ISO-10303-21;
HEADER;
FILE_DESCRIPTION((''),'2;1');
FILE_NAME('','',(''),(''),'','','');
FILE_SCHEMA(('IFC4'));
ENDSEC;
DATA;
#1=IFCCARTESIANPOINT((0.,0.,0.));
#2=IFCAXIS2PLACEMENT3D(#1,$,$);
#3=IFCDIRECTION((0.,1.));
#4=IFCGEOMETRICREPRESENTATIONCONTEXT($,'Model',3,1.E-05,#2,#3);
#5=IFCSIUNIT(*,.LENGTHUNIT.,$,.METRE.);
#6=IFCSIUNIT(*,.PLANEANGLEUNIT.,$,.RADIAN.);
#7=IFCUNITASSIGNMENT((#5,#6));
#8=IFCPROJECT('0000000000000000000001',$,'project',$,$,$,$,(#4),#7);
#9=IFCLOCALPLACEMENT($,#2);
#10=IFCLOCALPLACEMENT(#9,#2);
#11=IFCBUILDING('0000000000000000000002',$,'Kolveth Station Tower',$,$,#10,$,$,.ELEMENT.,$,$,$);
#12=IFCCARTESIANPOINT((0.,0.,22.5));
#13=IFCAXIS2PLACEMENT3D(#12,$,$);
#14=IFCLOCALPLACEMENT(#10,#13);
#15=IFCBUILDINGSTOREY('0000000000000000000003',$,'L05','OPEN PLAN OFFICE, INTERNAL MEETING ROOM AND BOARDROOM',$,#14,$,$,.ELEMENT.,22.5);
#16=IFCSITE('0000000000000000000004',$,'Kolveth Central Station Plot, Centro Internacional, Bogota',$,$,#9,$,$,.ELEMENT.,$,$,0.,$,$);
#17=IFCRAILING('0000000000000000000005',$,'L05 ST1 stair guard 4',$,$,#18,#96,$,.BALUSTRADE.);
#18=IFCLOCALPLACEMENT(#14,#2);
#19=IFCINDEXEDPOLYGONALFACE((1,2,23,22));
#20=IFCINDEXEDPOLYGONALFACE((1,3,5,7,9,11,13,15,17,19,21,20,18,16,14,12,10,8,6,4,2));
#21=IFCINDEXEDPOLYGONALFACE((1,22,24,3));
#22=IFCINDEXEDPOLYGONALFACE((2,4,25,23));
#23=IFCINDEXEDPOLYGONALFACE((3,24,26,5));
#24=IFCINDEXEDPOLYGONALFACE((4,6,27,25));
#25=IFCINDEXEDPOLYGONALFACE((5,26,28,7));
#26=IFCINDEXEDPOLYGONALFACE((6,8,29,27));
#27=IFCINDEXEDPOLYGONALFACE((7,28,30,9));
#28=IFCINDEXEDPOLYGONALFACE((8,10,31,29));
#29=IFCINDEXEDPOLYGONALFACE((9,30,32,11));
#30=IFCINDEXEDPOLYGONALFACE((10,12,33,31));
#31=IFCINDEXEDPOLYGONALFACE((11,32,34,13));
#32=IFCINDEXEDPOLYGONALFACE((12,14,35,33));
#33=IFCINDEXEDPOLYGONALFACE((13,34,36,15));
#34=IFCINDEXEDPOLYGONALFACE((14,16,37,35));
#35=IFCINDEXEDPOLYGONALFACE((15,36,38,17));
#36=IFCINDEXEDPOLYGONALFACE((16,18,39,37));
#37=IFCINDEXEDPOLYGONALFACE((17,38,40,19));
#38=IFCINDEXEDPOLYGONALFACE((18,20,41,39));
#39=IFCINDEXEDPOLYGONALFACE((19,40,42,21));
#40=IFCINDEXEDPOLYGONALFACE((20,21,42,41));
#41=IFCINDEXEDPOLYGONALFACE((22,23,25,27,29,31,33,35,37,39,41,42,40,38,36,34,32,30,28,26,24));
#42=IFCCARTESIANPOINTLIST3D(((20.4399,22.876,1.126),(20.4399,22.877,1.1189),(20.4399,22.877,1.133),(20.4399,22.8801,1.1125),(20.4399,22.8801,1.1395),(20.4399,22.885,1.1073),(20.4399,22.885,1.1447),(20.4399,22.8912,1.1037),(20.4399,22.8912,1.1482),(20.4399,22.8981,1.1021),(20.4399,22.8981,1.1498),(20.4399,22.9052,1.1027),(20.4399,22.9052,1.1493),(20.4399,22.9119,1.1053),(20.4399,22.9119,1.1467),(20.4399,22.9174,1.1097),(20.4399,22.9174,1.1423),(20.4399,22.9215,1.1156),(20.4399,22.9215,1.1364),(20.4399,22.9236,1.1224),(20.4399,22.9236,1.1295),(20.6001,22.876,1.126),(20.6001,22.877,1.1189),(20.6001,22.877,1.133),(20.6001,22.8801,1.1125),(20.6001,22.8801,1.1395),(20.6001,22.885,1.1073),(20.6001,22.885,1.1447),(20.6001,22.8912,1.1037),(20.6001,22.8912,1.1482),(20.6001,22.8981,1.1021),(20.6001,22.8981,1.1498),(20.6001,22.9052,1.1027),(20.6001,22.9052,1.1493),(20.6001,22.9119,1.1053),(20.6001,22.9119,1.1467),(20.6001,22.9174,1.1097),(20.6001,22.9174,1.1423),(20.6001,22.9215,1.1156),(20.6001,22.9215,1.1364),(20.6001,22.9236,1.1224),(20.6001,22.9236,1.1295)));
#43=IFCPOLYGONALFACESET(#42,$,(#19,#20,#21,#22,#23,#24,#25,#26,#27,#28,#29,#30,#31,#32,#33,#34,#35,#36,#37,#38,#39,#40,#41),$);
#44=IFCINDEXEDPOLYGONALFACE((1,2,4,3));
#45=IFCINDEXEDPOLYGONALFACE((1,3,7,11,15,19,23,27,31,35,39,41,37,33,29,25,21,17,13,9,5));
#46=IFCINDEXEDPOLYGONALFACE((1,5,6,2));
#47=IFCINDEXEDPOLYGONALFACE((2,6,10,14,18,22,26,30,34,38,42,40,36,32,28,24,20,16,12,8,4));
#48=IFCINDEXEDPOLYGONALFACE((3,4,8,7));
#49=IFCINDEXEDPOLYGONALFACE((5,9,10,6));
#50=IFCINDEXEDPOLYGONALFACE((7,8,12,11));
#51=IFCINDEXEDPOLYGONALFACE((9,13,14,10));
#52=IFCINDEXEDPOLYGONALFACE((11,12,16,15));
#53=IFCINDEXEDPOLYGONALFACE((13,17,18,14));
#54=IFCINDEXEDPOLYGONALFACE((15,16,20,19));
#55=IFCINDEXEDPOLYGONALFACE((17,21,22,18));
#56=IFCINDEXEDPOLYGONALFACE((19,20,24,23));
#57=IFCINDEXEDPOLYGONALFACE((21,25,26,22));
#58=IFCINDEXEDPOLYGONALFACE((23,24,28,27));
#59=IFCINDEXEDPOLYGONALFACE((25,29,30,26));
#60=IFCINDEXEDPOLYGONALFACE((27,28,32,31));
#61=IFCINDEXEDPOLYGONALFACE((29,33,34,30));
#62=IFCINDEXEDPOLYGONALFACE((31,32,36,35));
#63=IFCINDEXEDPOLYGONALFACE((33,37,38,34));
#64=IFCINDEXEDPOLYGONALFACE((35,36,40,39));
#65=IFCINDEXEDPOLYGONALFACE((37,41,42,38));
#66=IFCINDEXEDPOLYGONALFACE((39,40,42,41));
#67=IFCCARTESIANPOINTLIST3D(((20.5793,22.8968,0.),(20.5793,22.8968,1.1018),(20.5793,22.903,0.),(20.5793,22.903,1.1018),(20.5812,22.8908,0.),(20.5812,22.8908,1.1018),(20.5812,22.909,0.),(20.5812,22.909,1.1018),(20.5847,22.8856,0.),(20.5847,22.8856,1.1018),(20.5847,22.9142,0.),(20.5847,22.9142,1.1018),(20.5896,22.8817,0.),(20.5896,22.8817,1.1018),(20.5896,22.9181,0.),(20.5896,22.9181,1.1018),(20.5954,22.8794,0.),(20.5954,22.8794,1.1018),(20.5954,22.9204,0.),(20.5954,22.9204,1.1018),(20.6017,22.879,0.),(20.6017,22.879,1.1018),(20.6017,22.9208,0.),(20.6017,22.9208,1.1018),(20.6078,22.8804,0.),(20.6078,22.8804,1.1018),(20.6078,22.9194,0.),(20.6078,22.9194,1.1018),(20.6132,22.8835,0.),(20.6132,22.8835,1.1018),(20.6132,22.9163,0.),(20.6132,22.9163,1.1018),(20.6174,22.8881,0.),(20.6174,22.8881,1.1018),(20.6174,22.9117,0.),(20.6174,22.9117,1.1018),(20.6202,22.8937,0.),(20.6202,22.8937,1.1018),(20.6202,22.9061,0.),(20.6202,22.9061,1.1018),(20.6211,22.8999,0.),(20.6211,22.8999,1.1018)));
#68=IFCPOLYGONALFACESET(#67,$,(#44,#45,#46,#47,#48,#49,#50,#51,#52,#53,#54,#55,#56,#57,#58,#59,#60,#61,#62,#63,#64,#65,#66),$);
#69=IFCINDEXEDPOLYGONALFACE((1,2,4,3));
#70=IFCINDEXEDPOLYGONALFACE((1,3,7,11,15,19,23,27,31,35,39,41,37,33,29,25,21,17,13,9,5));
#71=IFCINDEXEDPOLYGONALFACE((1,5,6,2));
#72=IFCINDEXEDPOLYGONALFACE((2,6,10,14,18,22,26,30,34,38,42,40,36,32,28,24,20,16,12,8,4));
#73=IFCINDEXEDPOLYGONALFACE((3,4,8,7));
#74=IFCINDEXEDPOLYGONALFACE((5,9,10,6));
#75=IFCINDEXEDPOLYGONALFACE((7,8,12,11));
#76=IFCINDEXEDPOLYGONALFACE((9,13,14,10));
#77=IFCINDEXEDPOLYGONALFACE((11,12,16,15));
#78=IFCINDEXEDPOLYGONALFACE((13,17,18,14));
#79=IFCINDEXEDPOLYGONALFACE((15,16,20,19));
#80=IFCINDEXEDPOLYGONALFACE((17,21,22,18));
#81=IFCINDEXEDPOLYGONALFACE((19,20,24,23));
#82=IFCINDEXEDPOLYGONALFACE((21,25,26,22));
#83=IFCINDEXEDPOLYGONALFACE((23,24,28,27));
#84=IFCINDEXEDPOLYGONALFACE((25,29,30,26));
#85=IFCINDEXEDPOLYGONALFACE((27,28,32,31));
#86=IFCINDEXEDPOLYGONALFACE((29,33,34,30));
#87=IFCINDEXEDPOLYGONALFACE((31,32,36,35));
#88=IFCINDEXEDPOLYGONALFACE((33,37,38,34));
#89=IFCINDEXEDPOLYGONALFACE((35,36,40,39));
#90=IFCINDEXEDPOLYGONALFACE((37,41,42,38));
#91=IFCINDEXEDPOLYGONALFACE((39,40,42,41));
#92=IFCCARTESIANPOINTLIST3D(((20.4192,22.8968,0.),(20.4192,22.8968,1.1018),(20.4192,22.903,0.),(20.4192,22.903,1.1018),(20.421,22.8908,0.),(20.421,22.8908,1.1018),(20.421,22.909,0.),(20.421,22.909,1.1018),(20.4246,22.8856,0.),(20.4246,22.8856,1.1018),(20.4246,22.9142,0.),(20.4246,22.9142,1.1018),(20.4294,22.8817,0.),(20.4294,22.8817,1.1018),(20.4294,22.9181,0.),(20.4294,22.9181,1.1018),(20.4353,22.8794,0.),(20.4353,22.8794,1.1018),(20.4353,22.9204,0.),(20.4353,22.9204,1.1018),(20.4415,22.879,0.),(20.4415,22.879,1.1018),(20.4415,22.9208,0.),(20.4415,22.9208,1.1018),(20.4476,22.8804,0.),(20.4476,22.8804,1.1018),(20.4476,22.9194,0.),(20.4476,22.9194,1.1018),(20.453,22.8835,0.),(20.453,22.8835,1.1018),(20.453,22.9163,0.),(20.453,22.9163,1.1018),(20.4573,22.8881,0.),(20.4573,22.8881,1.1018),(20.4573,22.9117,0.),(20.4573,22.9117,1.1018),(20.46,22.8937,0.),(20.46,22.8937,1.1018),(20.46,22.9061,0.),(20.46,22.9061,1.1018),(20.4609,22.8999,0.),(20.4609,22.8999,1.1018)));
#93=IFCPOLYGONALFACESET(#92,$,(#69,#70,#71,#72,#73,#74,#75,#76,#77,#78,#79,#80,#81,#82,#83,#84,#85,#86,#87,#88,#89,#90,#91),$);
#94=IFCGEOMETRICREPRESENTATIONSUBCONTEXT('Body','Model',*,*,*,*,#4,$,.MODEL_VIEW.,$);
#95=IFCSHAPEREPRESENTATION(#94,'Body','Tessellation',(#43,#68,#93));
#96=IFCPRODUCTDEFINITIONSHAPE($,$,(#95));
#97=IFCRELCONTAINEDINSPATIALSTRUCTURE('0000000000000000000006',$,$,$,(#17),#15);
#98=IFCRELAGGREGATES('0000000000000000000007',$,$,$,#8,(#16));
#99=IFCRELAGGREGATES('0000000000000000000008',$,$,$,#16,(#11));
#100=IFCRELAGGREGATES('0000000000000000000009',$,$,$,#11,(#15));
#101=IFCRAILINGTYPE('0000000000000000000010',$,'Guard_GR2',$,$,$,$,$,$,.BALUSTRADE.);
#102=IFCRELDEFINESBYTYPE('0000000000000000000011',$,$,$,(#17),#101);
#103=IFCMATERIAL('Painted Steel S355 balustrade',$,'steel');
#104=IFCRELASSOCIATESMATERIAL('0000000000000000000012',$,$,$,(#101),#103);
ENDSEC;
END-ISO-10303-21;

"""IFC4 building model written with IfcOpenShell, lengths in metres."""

from ifc_helpers import new_model, si_unit, direction, frame, origin, origin_2d, place, context, subcontext, project, spatial, circle, extrude, material, type_object, element, save


model = new_model("IFC4")

# Units and contexts
model_context = context("Model", 3, precision=1e-05, world=origin(), true_north=direction((0.0, 1.0)))
body_context = subcontext(model_context, "Body", "Model", "MODEL_VIEW")
ifc_project = project(units=[si_unit("LENGTHUNIT", "METRE"), si_unit("PLANEANGLEUNIT", "RADIAN")], contexts=[model_context])

# Site, building, storey
site_placement = place(None, origin())
site = spatial("IfcSite", under=ifc_project, at=site_placement, Name="Kolveth Central Station Plot, Centro Internacional, Bogota", CompositionType="ELEMENT", RefElevation=0.0)
building_placement = place(site_placement, origin())
building = spatial("IfcBuilding", under=site, at=building_placement, Name="Kolveth Station Tower", CompositionType="ELEMENT")
storey_placement = place(building_placement, frame((0.0, 0.0, 22.5)))
storey = spatial("IfcBuildingStorey", under=building, at=storey_placement, Name="L05", Description="OPEN PLAN OFFICE, INTERNAL MEETING ROOM AND BOARDROOM", CompositionType="ELEMENT", Elevation=22.5)

# Railing
ifc_material_1 = material(Name="Painted Steel S355 balustrade", Category="steel")
railing_type_1 = type_object("IfcRailingType", Name="Guard_GR2", PredefinedType="BALUSTRADE", material=ifc_material_1)
railing_1_placement = place(storey_placement, frame((20.6001, 22.8999, 0.0)))
element("IfcRailing", 1, at=railing_1_placement, inside=storey, type_object=railing_type_1, Name="L05 ST1 stair guard 4", PredefinedType="BALUSTRADE", context=body_context, shape_type="SweptSolid", body=[
    extrude(circle(Radius=0.0239, at=origin_2d()), frame((0.0, 0.0, 1.126), z_axis=(-1.0, 0.0, 0.0), x_axis=(0.0, -1.0, 0.0)), (0.0, 0.0, 1.0), 0.1602),
    extrude(circle(Radius=0.021, at=origin_2d()), origin(), (0.0, 0.0, 1.0), 1.1018),
    extrude(circle(Radius=0.021, at=origin_2d()), frame((-0.1602, 0.0, 0.0)), (0.0, 0.0, 1.0), 1.1018),
])

save(model, "model.ifc")
